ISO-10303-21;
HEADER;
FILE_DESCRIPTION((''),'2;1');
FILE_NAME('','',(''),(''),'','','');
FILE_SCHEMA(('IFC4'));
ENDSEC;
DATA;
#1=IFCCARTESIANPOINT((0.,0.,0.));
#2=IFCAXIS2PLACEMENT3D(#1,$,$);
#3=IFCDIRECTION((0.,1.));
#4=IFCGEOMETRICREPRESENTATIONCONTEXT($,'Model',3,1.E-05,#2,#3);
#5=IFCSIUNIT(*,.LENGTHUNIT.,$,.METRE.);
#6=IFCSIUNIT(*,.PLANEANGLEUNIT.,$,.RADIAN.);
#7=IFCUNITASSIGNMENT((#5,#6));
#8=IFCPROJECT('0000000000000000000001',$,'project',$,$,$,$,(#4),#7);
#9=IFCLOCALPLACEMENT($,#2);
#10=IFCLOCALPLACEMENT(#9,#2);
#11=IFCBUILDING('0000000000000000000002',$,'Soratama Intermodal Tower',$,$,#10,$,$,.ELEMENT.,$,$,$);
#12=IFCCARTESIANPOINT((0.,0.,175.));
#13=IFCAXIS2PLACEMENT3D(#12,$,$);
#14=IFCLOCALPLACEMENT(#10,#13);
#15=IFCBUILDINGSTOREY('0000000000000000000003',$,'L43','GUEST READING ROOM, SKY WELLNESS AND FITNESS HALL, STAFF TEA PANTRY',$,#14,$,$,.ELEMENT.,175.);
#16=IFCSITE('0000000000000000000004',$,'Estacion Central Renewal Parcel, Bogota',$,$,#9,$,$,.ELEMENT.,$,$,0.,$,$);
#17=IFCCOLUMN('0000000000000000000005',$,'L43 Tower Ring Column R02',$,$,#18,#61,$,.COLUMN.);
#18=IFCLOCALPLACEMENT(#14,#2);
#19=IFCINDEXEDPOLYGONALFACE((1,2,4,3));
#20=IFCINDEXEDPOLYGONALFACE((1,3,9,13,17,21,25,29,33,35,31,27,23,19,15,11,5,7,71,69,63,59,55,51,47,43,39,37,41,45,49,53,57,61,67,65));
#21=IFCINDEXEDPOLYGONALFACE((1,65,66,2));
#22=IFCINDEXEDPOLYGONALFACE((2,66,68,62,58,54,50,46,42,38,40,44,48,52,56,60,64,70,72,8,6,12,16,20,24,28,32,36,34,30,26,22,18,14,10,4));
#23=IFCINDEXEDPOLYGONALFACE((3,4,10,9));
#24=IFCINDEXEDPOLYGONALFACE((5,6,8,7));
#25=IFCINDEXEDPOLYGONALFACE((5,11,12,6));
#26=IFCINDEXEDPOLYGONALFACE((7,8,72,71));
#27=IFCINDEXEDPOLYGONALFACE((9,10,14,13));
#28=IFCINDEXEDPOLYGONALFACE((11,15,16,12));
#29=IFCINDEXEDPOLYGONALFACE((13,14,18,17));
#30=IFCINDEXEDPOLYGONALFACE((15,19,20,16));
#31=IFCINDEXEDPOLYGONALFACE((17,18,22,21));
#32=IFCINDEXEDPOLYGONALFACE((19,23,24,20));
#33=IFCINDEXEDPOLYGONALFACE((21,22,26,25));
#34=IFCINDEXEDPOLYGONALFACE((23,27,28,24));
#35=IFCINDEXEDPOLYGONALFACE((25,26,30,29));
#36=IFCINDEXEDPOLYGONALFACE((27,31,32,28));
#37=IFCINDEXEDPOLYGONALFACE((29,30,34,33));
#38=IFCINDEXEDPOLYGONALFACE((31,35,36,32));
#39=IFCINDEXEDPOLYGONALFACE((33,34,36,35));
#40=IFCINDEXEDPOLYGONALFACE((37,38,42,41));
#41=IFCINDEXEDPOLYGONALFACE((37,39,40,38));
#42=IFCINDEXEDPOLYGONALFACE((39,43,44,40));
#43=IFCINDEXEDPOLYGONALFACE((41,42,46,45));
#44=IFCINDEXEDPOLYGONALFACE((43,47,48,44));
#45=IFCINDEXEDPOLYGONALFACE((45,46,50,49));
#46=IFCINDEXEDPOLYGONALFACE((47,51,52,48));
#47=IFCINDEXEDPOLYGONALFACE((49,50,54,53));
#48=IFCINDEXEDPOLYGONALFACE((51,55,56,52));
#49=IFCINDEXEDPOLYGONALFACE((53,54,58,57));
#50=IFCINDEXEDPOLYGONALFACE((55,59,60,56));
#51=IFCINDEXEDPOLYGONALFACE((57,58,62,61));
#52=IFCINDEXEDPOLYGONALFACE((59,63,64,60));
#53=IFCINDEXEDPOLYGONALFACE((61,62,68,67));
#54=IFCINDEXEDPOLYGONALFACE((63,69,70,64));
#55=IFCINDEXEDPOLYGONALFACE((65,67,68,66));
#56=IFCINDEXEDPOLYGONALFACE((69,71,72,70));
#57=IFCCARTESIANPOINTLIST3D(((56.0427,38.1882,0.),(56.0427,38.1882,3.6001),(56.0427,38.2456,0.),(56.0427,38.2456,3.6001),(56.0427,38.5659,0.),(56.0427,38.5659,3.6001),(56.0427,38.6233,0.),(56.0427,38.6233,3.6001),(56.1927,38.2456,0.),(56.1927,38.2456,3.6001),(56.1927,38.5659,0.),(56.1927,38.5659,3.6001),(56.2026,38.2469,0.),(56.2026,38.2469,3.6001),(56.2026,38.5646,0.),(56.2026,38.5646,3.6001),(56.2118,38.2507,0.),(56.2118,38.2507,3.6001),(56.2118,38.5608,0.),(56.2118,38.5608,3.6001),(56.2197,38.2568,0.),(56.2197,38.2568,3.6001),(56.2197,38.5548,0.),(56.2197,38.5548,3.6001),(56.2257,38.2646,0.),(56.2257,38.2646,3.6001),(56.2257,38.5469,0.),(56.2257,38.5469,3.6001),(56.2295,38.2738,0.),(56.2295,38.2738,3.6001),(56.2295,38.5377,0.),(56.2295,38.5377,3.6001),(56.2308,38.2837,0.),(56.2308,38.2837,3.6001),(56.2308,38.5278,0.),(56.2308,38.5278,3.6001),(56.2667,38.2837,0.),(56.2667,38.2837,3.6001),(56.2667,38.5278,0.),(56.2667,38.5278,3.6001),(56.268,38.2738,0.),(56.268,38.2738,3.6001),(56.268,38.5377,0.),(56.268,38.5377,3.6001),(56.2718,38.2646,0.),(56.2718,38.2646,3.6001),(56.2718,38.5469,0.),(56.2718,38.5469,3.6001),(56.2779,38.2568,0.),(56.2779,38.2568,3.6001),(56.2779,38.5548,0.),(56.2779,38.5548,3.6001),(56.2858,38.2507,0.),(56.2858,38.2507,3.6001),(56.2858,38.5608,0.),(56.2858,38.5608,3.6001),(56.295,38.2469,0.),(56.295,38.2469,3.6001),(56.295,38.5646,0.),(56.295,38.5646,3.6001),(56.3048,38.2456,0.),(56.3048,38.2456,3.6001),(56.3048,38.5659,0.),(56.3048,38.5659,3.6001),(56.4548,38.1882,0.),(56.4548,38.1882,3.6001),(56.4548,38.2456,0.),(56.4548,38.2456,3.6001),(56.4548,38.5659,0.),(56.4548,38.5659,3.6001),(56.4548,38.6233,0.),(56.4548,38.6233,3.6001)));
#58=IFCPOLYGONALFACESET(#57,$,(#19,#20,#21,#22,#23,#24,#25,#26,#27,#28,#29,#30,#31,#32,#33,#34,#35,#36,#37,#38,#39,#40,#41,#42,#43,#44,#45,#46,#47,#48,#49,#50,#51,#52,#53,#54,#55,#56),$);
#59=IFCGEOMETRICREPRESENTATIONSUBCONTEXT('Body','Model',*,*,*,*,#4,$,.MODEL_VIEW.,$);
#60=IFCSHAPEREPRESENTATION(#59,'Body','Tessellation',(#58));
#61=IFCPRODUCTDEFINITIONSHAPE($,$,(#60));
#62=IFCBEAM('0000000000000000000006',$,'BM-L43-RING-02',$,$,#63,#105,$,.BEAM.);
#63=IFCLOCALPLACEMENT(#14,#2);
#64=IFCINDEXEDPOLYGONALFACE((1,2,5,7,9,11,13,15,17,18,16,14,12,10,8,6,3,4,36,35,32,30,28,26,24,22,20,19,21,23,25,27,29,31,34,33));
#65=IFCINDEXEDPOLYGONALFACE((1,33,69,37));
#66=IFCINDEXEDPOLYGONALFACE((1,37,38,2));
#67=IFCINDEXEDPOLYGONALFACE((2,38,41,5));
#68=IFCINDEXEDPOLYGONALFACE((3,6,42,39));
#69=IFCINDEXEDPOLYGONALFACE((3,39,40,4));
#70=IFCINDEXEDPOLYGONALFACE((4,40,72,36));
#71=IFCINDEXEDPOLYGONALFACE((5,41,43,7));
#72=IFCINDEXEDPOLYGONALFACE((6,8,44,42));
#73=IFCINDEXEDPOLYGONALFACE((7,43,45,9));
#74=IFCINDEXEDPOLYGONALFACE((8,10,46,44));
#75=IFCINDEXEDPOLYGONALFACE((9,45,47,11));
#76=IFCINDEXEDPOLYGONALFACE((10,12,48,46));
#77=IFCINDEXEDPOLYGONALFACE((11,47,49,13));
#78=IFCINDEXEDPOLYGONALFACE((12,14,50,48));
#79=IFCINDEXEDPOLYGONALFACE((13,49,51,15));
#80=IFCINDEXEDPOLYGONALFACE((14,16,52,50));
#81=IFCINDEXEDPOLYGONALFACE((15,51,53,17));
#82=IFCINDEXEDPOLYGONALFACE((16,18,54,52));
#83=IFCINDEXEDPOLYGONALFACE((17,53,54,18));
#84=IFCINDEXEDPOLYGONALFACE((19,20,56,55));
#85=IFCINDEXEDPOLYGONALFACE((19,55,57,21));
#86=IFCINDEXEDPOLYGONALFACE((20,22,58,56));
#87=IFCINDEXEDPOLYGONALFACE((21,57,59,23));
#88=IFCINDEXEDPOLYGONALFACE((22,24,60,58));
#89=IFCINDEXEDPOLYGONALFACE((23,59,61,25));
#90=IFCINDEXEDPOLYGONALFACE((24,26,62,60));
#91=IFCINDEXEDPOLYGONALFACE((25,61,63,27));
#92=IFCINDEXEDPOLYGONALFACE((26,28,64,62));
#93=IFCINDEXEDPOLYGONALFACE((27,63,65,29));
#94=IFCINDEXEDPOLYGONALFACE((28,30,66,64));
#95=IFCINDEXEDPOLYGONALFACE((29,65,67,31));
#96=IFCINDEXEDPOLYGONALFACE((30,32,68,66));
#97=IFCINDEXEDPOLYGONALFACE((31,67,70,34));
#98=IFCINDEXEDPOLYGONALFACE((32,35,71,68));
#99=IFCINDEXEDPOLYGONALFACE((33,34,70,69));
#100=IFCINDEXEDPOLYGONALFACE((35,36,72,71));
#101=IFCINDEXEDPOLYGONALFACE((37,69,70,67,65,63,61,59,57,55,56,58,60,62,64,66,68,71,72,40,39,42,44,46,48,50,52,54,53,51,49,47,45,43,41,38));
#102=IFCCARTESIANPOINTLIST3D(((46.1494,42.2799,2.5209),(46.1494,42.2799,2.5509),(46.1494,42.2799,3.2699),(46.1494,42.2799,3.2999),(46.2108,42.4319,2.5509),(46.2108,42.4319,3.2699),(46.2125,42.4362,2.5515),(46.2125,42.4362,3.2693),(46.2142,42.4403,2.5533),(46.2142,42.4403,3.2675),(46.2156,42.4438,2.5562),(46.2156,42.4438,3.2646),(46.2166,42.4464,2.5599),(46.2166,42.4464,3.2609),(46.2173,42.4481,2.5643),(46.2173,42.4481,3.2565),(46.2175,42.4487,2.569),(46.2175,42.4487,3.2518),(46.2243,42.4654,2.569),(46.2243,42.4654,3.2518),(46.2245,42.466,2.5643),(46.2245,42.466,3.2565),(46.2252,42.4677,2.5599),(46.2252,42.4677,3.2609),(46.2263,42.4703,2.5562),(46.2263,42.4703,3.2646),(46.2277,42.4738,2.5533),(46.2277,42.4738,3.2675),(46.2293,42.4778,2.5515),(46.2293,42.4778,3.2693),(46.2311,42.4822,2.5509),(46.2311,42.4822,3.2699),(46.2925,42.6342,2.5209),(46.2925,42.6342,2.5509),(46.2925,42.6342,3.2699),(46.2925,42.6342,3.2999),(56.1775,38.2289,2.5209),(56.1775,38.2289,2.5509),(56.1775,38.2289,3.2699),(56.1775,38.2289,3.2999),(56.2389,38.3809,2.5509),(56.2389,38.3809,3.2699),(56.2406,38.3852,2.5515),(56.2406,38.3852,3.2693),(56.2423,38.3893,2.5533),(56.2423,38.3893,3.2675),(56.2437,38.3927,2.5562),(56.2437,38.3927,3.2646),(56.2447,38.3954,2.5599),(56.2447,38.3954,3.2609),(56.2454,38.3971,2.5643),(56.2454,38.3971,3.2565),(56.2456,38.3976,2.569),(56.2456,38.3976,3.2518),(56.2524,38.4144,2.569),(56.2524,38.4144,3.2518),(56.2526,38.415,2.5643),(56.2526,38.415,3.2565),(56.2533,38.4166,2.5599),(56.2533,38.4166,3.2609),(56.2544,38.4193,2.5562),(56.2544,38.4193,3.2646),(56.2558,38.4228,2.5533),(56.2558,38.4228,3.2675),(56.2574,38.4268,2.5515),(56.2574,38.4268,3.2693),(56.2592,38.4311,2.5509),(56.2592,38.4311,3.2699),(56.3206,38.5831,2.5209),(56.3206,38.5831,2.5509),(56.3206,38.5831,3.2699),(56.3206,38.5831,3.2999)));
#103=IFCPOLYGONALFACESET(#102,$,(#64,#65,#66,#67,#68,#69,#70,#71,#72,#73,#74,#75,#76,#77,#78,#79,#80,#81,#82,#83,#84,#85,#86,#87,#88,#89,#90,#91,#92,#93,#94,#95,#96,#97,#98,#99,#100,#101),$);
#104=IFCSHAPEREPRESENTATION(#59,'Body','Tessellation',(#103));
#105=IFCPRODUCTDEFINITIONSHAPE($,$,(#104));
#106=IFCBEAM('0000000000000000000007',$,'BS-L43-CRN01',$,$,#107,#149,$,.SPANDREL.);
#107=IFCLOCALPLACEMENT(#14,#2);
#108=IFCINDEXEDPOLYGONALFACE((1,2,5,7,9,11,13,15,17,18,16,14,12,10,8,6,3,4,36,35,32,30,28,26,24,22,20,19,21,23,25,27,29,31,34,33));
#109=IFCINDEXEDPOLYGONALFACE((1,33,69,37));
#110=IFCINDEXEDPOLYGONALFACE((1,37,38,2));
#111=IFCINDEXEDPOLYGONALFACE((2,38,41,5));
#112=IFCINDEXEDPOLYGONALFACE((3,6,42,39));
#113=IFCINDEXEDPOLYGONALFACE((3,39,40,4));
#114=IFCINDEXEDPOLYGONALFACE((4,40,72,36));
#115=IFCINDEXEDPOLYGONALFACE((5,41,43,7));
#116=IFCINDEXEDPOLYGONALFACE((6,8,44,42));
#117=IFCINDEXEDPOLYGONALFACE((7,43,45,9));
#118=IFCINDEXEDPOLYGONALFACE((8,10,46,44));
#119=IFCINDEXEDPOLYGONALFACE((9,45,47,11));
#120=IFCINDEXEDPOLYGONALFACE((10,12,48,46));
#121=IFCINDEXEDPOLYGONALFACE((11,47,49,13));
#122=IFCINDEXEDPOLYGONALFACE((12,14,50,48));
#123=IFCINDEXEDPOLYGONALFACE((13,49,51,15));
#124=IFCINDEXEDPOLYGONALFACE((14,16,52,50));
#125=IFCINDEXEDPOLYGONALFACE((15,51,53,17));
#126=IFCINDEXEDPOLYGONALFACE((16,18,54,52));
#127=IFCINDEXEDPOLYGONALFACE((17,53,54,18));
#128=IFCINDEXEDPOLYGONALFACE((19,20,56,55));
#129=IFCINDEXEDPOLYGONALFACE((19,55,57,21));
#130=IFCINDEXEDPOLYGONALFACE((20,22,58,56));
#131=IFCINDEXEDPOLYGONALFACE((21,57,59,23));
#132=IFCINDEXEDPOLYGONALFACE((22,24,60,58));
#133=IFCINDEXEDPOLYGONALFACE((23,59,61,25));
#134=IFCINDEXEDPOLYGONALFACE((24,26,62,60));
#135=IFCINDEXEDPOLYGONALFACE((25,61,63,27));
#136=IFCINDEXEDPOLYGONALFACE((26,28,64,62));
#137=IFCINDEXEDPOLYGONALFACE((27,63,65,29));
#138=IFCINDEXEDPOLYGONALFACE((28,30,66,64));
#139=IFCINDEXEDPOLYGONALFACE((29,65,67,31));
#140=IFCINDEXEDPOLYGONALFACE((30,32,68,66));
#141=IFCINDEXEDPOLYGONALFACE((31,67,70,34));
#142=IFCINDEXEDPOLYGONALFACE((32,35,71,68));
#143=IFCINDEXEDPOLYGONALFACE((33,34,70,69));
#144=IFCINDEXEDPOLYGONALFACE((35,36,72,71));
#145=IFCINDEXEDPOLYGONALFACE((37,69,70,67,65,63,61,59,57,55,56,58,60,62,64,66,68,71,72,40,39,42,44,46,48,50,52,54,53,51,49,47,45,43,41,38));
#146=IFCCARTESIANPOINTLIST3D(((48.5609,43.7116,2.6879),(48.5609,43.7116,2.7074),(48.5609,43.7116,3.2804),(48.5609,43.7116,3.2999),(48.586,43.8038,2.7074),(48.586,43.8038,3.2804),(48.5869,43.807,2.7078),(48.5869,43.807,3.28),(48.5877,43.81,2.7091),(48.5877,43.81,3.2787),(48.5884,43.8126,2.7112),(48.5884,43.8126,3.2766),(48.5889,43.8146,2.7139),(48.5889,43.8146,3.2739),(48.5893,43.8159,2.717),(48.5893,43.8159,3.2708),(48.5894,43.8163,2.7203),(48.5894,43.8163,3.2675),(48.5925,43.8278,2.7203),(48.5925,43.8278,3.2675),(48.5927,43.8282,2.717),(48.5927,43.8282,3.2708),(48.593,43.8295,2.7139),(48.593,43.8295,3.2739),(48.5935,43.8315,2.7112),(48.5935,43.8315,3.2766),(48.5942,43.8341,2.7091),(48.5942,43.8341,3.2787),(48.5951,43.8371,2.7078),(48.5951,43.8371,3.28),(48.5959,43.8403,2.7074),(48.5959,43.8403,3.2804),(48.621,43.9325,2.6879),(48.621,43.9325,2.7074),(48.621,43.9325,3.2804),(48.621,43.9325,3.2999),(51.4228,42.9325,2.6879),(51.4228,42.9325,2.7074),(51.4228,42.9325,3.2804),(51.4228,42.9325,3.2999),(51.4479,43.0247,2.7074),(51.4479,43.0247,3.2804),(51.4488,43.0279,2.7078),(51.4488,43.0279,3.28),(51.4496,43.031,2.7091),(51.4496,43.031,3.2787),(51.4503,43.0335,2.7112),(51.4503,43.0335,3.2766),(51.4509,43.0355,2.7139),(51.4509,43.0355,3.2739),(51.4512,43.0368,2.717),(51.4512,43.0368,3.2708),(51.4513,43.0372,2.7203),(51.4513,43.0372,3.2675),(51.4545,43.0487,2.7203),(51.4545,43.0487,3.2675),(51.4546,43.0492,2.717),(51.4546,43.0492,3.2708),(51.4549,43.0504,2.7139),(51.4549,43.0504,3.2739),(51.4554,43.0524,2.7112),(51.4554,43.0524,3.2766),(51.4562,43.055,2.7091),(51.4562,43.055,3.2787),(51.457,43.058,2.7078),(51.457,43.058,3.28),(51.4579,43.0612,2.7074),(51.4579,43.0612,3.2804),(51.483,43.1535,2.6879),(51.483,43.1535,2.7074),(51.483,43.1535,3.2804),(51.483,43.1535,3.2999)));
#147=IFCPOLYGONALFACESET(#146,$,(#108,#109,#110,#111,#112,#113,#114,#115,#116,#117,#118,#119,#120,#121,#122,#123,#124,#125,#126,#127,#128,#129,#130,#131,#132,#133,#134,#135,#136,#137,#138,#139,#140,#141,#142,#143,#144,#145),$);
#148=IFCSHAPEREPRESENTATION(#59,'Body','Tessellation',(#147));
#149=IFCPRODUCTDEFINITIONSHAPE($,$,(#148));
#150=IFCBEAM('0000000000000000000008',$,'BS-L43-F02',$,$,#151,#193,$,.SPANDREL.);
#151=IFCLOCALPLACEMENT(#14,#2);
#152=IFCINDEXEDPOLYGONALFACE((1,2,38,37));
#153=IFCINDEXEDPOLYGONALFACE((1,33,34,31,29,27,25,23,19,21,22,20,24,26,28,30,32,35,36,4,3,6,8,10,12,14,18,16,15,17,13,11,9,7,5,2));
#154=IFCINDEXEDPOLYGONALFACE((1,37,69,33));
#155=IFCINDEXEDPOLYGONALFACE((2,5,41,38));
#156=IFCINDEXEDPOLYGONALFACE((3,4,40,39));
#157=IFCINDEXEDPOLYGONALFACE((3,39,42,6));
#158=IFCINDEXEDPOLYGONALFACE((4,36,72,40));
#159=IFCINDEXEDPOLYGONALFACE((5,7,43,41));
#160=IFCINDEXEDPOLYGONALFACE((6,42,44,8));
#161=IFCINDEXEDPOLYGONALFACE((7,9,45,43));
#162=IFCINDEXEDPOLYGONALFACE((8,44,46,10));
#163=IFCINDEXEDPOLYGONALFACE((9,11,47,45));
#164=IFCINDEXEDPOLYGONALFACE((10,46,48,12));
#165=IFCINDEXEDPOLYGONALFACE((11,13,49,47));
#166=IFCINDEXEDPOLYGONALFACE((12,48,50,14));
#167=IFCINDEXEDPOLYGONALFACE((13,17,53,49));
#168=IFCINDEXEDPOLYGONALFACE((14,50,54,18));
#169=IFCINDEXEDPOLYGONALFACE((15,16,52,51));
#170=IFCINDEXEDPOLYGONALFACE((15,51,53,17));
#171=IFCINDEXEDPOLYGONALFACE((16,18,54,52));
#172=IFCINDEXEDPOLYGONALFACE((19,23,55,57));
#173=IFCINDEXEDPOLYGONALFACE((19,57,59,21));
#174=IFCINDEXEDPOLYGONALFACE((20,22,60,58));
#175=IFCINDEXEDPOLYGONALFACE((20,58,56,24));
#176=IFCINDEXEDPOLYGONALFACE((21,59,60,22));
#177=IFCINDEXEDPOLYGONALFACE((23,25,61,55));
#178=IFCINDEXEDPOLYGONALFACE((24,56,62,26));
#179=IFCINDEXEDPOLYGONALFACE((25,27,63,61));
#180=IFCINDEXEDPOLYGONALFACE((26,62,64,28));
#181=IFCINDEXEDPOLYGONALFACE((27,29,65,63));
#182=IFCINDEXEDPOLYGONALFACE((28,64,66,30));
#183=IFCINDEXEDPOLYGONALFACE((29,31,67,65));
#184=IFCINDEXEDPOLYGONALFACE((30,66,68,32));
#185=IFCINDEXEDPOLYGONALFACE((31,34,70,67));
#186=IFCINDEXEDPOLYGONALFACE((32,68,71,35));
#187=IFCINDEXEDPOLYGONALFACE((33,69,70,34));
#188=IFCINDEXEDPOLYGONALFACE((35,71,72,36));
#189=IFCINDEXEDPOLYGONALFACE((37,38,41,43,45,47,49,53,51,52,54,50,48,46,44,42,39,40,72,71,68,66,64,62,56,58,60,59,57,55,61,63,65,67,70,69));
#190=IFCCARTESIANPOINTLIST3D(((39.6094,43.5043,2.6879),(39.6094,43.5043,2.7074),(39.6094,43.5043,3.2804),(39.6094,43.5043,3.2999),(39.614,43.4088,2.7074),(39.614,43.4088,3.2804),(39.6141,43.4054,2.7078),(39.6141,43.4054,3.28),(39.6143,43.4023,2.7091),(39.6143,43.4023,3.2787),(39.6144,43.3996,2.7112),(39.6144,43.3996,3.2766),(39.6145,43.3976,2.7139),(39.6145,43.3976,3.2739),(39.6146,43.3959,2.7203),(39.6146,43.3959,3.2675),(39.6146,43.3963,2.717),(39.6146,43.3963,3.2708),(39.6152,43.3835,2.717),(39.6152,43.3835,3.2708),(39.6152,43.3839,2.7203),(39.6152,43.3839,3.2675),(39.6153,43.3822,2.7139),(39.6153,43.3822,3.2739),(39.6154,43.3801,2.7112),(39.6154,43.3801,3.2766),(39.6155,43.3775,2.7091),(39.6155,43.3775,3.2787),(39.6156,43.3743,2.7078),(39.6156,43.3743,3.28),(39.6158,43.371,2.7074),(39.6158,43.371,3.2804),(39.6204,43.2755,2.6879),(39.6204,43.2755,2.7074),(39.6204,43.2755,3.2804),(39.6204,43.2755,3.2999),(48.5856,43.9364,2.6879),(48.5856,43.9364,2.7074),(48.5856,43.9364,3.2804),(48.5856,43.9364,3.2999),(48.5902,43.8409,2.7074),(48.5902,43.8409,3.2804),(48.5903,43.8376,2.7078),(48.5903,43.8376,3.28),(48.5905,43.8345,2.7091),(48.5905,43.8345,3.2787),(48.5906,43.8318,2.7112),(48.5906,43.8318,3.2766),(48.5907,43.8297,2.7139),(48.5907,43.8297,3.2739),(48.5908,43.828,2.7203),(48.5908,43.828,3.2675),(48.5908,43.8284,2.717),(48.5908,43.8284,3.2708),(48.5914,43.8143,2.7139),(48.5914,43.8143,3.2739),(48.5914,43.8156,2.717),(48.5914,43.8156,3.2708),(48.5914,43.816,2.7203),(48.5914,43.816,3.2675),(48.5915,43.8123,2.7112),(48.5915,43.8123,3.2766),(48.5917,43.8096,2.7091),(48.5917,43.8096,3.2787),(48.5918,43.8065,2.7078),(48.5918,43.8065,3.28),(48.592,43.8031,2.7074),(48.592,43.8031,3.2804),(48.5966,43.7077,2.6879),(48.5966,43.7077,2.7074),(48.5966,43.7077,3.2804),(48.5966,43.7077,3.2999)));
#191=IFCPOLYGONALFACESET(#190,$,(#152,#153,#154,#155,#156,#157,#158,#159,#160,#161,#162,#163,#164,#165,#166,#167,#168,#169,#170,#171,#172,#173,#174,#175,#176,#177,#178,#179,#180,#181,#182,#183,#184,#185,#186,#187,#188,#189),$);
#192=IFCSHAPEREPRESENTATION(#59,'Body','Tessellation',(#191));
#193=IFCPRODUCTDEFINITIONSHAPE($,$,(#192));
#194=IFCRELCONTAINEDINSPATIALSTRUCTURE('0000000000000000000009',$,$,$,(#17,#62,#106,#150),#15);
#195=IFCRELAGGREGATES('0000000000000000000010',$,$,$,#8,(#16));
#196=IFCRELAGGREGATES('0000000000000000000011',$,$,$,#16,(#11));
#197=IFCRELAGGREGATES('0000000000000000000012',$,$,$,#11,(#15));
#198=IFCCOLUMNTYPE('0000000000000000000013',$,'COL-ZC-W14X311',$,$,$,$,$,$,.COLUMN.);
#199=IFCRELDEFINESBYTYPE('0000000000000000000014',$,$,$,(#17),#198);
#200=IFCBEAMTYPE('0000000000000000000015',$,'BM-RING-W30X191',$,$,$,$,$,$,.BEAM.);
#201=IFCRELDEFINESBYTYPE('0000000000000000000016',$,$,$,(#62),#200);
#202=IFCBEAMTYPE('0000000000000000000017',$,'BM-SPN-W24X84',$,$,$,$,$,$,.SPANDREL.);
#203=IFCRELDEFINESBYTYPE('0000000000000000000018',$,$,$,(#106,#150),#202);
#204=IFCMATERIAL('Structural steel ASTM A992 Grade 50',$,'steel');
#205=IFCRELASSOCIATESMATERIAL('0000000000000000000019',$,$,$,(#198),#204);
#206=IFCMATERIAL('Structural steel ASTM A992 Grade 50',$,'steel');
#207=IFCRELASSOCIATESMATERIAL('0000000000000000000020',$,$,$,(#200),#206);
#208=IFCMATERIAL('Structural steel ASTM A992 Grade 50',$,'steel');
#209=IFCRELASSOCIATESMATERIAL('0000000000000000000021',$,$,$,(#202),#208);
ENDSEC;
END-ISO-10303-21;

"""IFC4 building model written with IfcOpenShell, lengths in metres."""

from ifc_helpers import new_model, si_unit, direction, frame, origin, origin_2d, place, context, subcontext, project, spatial, i_section, extrude, material, material_profile, profile_set, type_object, element, save


model = new_model("IFC4")

# Units and contexts
model_context = context("Model", 3, precision=1e-05, world=origin(), true_north=direction((0.0, 1.0)))
body_context = subcontext(model_context, "Body", "Model", "MODEL_VIEW")
ifc_project = project(units=[si_unit("LENGTHUNIT", "METRE"), si_unit("PLANEANGLEUNIT", "RADIAN")], contexts=[model_context])

# Site, building, storey
site_placement = place(None, origin())
site = spatial("IfcSite", under=ifc_project, at=site_placement, Name="Estacion Central Renewal Parcel, Bogota", CompositionType="ELEMENT", RefElevation=0.0)
building_placement = place(site_placement, origin())
building = spatial("IfcBuilding", under=site, at=building_placement, Name="Soratama Intermodal Tower", CompositionType="ELEMENT")
storey_placement = place(building_placement, frame((0.0, 0.0, 175.0)))
storey = spatial("IfcBuildingStorey", under=building, at=storey_placement, Name="L43", Description="GUEST READING ROOM, SKY WELLNESS AND FITNESS HALL, STAFF TEA PANTRY", CompositionType="ELEMENT", Elevation=175.0)

# Column
ifc_material_1 = material(Name="Structural steel ASTM A992 Grade 50", Category="steel")
ifc_material_profile_1 = material_profile(ifc_material_1, i_section(OverallWidth=0.4121, OverallDepth=0.4351, WebThickness=0.0359, FlangeThickness=0.0574, FilletRadius=0.0381, at=origin_2d()), Name="W14X311")
ifc_profile_set_1 = profile_set([ifc_material_profile_1], Name="Structural steel ASTM A992 Grade 50")
column_type = type_object("IfcColumnType", Name="COL-ZC-W14X311", PredefinedType="COLUMN", material=ifc_profile_set_1)
column_placement = place(storey_placement, frame((56.2488, 38.4058, 0.0), z_axis=(0.0, 0.0, 1.0), x_axis=(1.0, 0.0, 0.0)))
element("IfcColumn", 1, at=column_placement, inside=storey, type_object=column_type, Name="L43 Tower Ring Column R02", PredefinedType="COLUMN", context=body_context, shape_type="SweptSolid", body=[
    extrude(i_section(OverallWidth=0.4121, OverallDepth=0.4351, WebThickness=0.0359, FlangeThickness=0.0574, FilletRadius=0.0381, at=origin_2d()), origin(), (0.0, 0.0, 1.0), 3.6001),
])

# Beams
ifc_material_2 = material(Name="Structural steel ASTM A992 Grade 50", Category="steel")
ifc_material_profile_2 = material_profile(ifc_material_2, i_section(OverallWidth=0.3821, OverallDepth=0.7791, WebThickness=0.0181, FlangeThickness=0.03, FilletRadius=0.0181, at=origin_2d()), Name="W30X191")
ifc_profile_set_2 = profile_set([ifc_material_profile_2], Name="Structural steel ASTM A992 Grade 50")
beam_type_1 = type_object("IfcBeamType", Name="BM-RING-W30X191", PredefinedType="BEAM", material=ifc_profile_set_2)
beam_1_placement = place(storey_placement, frame((56.249, 38.406, 2.9104), z_axis=(-0.927202, 0.37456, 0.0), x_axis=(-0.37456, -0.927202, 0.0)))
element("IfcBeam", 2, at=beam_1_placement, inside=storey, type_object=beam_type_1, Name="BM-L43-RING-02", PredefinedType="BEAM", context=body_context, shape_type="SweptSolid", body=[
    extrude(i_section(OverallWidth=0.3821, OverallDepth=0.7791, WebThickness=0.0181, FlangeThickness=0.03, FilletRadius=0.0181, at=origin_2d()), origin(), (0.0, 0.0, 1.0), 10.8154),
])
ifc_material_3 = material(Name="Structural steel ASTM A992 Grade 50", Category="steel")
ifc_material_profile_3 = material_profile(ifc_material_3, i_section(OverallWidth=0.229, OverallDepth=0.6121, WebThickness=0.012, FlangeThickness=0.0195, FilletRadius=0.0129, at=origin_2d()), Name="W24X84")
ifc_profile_set_3 = profile_set([ifc_material_profile_3], Name="Structural steel ASTM A992 Grade 50")
beam_type_2 = type_object("IfcBeamType", Name="BM-SPN-W24X84", PredefinedType="SPANDREL", material=ifc_profile_set_3)
beam_2_placement = place(storey_placement, frame((51.4529, 43.043, 2.9939), z_axis=(-0.964887, 0.262665, 0.0), x_axis=(-0.262665, -0.964887, 0.0)))
element("IfcBeam", 3, at=beam_2_placement, inside=storey, type_object=beam_type_2, Name="BS-L43-CRN01", PredefinedType="SPANDREL", context=body_context, shape_type="SweptSolid", body=[
    extrude(i_section(OverallWidth=0.229, OverallDepth=0.6121, WebThickness=0.012, FlangeThickness=0.0195, FilletRadius=0.0129, at=origin_2d()), origin(), (0.0, 0.0, 1.0), 2.9661),
])
beam_3_placement = place(storey_placement, frame((48.5911, 43.822, 2.9939), z_axis=(-0.998843, -0.048087, 0.0), x_axis=(0.048087, -0.998843, 0.0)))
element("IfcBeam", 4, at=beam_3_placement, inside=storey, type_object=beam_type_2, Name="BS-L43-F02", PredefinedType="SPANDREL", context=body_context, shape_type="SweptSolid", body=[
    extrude(i_section(OverallWidth=0.229, OverallDepth=0.6121, WebThickness=0.012, FlangeThickness=0.0195, FilletRadius=0.0129, at=origin_2d()), origin(), (0.0, 0.0, 1.0), 8.9866),
])

save(model, "model.ifc")
